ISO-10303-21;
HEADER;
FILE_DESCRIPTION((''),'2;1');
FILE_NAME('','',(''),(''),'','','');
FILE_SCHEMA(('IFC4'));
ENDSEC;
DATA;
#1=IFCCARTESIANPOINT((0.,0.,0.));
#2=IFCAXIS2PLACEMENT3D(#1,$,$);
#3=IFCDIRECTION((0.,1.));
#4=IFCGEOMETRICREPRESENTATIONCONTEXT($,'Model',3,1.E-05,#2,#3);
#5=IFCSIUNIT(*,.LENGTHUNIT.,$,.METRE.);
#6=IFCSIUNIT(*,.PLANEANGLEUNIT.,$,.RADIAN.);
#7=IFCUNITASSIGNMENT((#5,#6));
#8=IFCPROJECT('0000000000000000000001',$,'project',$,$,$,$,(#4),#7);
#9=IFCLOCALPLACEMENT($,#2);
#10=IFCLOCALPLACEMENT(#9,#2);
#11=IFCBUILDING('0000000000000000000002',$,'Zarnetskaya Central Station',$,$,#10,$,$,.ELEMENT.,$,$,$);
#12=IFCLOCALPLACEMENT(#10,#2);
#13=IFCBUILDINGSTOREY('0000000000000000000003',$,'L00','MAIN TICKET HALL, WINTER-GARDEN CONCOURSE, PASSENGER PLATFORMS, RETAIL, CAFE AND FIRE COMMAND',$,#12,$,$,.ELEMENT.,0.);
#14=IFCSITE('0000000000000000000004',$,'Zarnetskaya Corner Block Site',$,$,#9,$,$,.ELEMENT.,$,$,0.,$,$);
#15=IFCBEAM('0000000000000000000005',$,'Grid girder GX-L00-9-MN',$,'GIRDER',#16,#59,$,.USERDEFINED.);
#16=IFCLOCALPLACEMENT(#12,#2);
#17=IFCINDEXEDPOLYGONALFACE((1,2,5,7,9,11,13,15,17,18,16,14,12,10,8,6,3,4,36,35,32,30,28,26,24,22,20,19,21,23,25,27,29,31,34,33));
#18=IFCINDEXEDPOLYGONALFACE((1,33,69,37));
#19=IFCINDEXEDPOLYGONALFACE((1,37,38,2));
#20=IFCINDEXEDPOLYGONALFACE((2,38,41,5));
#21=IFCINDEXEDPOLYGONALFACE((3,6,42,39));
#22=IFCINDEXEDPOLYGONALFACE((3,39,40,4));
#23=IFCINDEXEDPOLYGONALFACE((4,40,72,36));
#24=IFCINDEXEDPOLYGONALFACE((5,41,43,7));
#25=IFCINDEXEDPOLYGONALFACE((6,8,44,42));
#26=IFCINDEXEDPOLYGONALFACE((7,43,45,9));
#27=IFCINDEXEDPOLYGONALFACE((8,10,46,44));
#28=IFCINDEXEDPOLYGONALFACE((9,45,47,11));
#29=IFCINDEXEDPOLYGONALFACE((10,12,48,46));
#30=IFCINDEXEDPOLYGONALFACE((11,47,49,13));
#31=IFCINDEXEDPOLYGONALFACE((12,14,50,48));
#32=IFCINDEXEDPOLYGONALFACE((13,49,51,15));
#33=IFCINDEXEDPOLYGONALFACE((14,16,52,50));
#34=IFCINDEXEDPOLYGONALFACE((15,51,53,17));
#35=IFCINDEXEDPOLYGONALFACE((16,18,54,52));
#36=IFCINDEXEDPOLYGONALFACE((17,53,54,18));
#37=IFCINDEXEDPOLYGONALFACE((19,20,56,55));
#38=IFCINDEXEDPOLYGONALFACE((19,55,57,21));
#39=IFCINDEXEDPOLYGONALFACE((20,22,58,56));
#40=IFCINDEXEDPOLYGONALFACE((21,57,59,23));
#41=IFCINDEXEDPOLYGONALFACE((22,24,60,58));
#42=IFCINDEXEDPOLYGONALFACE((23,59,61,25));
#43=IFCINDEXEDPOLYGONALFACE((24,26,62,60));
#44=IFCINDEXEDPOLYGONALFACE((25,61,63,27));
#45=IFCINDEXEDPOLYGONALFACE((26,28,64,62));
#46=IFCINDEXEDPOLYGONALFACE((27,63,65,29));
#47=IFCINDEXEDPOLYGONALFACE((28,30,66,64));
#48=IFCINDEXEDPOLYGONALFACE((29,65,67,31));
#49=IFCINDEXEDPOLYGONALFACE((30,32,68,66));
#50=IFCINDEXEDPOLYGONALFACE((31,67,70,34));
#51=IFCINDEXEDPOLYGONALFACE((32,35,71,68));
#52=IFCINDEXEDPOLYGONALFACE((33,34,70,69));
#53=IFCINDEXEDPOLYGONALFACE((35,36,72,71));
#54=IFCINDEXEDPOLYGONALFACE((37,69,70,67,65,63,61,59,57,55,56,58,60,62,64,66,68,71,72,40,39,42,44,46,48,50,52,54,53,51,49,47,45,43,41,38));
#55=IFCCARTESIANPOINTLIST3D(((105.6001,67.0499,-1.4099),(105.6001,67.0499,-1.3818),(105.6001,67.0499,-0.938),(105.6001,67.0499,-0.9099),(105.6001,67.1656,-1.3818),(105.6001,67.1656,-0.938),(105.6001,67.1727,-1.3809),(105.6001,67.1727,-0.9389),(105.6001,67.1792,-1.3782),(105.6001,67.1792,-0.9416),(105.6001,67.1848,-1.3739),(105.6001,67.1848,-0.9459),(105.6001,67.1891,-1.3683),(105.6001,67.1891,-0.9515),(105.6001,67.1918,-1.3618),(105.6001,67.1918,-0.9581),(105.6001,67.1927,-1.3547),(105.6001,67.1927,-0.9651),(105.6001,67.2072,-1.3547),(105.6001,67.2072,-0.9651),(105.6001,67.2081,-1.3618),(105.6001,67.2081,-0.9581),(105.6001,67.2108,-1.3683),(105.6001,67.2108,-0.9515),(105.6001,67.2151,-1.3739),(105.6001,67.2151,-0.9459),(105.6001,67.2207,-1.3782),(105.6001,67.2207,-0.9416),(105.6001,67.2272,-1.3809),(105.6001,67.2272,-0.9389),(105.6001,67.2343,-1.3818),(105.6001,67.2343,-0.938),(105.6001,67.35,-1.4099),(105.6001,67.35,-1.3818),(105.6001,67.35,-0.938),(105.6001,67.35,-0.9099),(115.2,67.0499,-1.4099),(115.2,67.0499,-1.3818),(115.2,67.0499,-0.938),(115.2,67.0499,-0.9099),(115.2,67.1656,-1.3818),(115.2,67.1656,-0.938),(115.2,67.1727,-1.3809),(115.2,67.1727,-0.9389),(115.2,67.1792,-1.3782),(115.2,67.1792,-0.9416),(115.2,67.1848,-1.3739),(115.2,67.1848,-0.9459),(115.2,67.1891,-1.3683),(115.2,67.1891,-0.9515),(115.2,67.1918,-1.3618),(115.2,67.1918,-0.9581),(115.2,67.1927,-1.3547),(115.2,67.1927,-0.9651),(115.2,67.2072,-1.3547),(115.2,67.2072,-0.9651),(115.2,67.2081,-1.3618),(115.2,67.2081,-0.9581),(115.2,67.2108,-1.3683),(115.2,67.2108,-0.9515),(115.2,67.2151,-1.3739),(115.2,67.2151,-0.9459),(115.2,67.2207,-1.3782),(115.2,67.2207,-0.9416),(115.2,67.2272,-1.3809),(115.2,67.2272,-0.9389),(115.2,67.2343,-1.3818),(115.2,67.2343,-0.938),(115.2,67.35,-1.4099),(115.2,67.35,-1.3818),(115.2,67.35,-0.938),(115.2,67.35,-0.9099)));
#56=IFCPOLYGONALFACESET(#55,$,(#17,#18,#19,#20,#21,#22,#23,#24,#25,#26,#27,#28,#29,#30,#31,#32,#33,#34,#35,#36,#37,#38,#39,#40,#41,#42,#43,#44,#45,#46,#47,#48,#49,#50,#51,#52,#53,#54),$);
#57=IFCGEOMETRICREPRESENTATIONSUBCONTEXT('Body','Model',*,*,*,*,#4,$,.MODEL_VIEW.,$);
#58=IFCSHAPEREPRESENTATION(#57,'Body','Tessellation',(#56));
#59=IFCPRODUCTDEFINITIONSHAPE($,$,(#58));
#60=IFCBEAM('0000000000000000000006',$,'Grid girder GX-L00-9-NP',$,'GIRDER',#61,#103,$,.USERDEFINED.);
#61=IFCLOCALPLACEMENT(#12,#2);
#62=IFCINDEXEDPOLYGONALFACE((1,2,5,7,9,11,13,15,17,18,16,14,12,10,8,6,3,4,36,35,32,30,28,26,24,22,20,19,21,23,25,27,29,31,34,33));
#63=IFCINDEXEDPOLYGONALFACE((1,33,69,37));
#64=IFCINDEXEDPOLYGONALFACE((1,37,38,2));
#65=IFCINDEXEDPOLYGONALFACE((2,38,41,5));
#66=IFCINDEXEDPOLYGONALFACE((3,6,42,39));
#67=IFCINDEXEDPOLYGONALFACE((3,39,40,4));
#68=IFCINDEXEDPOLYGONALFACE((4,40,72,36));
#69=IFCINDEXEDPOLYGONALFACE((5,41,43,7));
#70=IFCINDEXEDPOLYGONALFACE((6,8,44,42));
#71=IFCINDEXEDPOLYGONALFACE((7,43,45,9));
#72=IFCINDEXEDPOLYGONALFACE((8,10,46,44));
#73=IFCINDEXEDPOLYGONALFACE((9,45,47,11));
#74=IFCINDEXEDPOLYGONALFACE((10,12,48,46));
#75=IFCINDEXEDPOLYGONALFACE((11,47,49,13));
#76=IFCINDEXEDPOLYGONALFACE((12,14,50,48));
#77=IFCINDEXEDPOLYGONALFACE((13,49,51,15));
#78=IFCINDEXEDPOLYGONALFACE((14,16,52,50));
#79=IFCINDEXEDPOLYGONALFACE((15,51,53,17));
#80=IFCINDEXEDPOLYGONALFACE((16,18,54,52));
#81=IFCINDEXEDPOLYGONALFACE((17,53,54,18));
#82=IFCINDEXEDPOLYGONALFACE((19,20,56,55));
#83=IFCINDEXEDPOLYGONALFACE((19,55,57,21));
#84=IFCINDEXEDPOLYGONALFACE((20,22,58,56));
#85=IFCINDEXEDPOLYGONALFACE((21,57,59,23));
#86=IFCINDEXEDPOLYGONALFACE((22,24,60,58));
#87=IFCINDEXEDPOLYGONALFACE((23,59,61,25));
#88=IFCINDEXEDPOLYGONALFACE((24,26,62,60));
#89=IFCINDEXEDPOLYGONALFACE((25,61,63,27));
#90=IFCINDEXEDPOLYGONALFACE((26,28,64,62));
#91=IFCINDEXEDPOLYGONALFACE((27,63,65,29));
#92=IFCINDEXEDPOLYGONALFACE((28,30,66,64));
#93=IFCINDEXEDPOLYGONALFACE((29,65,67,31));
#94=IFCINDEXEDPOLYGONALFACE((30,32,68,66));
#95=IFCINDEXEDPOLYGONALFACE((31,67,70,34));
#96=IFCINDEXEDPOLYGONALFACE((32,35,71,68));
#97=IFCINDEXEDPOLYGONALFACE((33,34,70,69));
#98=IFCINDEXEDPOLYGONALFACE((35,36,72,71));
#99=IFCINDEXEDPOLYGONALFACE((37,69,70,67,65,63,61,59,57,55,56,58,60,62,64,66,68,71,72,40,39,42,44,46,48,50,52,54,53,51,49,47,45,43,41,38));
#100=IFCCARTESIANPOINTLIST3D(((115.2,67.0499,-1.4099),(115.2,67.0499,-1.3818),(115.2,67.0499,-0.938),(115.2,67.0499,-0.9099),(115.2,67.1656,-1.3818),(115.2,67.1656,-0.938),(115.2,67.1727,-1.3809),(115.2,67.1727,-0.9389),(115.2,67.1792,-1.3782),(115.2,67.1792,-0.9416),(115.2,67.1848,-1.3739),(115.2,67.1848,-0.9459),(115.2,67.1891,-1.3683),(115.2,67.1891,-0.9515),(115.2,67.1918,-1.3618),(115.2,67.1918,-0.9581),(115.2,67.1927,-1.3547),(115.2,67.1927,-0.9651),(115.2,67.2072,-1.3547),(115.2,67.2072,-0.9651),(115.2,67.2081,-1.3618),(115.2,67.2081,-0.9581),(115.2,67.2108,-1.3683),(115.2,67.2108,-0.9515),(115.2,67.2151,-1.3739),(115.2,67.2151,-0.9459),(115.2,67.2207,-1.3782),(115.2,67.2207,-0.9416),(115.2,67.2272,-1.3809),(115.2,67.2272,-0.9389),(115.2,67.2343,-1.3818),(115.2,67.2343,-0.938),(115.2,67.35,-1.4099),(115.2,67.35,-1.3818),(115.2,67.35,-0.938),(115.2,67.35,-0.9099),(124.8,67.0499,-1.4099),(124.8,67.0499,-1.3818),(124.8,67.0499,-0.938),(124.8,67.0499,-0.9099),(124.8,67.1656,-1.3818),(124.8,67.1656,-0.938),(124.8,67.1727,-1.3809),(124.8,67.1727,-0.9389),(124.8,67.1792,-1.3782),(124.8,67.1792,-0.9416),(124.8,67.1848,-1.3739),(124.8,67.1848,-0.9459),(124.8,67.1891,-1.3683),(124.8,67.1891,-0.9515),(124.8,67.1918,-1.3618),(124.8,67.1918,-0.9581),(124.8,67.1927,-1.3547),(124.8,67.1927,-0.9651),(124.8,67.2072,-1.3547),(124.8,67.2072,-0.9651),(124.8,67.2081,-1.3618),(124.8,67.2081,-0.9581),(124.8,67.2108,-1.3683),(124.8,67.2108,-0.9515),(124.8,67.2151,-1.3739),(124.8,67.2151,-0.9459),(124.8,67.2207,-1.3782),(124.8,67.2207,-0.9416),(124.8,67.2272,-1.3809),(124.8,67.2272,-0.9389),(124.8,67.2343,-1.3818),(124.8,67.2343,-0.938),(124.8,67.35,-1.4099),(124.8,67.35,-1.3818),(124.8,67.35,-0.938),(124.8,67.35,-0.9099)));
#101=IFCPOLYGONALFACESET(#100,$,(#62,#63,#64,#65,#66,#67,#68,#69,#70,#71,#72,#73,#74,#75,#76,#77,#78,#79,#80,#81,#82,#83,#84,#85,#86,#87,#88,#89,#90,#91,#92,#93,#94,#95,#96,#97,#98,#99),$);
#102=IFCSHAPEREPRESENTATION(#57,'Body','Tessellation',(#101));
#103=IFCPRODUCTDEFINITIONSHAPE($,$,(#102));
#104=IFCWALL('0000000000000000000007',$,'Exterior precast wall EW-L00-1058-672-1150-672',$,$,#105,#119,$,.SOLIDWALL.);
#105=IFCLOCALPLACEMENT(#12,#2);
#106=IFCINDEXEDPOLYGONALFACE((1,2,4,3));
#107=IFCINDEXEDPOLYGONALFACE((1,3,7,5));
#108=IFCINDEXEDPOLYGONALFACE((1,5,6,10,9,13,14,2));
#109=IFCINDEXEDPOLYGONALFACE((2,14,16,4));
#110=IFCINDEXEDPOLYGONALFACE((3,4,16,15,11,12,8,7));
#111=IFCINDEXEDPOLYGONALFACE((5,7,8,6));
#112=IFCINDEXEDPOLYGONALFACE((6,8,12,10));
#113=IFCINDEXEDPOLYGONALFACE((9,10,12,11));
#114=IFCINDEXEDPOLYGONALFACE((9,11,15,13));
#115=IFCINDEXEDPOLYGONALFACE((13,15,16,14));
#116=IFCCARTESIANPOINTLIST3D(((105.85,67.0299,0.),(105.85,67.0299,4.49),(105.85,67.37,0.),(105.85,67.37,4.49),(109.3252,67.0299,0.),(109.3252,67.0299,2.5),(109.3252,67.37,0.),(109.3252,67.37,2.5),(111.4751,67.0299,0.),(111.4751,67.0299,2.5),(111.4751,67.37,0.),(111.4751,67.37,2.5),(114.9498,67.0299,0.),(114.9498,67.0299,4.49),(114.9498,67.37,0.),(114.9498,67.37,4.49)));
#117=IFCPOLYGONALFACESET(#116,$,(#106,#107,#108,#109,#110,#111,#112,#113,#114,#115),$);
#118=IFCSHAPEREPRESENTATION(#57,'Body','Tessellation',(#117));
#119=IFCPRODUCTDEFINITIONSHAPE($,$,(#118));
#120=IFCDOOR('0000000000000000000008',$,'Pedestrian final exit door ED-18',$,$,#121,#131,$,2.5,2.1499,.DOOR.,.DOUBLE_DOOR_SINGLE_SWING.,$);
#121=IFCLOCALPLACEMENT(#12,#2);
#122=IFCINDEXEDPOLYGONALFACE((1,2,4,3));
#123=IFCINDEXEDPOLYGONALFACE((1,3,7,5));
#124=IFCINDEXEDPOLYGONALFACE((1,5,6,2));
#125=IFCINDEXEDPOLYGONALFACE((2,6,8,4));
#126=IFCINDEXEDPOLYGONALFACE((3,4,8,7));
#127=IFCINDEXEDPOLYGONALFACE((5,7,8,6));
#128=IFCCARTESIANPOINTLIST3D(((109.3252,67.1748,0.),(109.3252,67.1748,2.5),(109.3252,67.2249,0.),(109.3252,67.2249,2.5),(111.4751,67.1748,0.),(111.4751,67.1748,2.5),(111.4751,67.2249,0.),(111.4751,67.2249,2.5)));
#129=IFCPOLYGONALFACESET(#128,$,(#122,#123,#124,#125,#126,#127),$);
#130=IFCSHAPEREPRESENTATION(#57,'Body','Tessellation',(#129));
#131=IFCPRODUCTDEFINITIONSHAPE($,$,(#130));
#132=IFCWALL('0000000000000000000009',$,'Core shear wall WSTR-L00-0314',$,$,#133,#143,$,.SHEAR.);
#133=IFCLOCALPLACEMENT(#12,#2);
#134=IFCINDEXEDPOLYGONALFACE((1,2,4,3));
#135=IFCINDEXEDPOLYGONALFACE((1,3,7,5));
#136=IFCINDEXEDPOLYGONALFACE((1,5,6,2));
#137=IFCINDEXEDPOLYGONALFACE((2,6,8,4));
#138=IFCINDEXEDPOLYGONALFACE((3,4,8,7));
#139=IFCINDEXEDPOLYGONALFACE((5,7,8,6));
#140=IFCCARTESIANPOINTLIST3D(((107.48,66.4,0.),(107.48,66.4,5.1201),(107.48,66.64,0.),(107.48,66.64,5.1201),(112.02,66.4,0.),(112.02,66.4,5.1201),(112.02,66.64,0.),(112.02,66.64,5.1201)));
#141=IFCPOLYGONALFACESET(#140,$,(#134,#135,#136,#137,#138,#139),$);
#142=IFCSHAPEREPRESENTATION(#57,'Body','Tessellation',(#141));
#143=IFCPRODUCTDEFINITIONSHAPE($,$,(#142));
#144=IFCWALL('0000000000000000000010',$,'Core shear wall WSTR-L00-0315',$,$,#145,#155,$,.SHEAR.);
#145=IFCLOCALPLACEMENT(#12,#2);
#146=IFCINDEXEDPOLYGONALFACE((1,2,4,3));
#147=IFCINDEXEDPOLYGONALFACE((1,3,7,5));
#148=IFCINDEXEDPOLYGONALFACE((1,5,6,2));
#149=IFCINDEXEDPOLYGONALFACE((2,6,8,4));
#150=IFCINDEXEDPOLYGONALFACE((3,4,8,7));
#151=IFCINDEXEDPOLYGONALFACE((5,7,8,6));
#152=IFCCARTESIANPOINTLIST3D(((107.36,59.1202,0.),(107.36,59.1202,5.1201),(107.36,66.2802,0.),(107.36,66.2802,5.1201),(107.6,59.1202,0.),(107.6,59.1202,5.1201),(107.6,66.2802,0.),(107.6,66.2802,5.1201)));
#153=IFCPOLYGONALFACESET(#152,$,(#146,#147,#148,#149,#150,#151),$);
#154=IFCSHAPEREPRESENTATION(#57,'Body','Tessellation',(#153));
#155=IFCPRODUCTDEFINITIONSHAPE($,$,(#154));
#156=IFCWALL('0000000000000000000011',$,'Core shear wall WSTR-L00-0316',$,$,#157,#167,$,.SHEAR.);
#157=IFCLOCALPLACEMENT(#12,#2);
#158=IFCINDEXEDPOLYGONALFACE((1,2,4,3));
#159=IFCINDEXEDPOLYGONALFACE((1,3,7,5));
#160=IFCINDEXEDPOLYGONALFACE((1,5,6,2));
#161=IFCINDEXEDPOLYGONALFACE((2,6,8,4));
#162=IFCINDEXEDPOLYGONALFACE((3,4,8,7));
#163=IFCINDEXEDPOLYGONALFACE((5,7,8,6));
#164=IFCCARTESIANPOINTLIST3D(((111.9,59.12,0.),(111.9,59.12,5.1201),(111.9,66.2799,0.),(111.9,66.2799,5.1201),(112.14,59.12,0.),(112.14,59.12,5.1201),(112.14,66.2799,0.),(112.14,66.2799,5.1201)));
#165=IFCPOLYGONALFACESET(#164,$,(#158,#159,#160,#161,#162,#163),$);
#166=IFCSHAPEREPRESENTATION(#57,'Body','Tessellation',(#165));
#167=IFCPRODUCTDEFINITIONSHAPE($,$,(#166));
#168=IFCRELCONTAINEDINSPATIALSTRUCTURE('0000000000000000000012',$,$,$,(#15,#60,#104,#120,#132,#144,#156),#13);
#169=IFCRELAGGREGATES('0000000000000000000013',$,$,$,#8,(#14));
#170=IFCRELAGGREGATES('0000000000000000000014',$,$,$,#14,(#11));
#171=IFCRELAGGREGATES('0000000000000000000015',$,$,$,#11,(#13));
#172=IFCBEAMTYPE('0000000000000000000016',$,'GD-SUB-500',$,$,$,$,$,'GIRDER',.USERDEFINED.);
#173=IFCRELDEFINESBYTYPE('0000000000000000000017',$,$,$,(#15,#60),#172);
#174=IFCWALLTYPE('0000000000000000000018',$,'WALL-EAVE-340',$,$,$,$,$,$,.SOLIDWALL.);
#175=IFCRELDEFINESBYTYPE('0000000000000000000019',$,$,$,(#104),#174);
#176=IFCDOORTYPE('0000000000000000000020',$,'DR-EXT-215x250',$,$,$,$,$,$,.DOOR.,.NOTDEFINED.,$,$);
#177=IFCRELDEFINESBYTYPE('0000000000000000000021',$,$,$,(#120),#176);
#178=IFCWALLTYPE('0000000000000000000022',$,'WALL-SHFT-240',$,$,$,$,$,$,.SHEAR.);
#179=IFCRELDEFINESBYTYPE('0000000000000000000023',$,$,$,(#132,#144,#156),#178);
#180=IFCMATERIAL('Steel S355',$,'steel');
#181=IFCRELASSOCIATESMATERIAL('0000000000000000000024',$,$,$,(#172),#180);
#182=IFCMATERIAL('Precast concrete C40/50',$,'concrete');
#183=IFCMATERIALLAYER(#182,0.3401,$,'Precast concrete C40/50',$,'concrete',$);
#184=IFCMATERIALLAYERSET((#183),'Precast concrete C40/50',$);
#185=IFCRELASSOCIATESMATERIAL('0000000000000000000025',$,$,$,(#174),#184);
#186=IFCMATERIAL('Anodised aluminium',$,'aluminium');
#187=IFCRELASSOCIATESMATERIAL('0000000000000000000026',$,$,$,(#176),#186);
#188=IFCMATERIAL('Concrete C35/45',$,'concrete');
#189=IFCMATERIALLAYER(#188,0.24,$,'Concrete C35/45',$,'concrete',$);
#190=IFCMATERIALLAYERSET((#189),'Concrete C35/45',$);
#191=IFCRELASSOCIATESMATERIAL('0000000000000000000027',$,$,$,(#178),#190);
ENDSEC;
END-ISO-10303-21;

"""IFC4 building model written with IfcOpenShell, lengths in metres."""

from ifc_helpers import new_model, si_unit, direction, frame, frame_2d, origin, origin_2d, place, context, subcontext, project, spatial, rectangle, i_section, extrude, material, layer, layer_set, material_profile, profile_set, type_object, element, fill, save


model = new_model("IFC4")

# Units and contexts
model_context = context("Model", 3, precision=1e-05, world=origin(), true_north=direction((0.0, 1.0)))
body_context = subcontext(model_context, "Body", "Model", "MODEL_VIEW")
ifc_project = project(units=[si_unit("LENGTHUNIT", "METRE"), si_unit("PLANEANGLEUNIT", "RADIAN")], contexts=[model_context])

# Site, building, storey
site_placement = place(None, origin())
site = spatial("IfcSite", under=ifc_project, at=site_placement, Name="Zarnetskaya Corner Block Site", CompositionType="ELEMENT", RefElevation=0.0)
building_placement = place(site_placement, origin())
building = spatial("IfcBuilding", under=site, at=building_placement, Name="Zarnetskaya Central Station", CompositionType="ELEMENT")
storey_placement = place(building_placement, origin())
storey = spatial("IfcBuildingStorey", under=building, at=storey_placement, Name="L00", Description="MAIN TICKET HALL, WINTER-GARDEN CONCOURSE, PASSENGER PLATFORMS, RETAIL, CAFE AND FIRE COMMAND", CompositionType="ELEMENT", Elevation=0.0)

# Shared definitions
ifc_material_1 = material(Name="Steel S355", Category="steel")

# Beams
ifc_material_profile_1 = material_profile(ifc_material_1, i_section(OverallWidth=0.3, OverallDepth=0.5, WebThickness=0.0144, FlangeThickness=0.0281, FilletRadius=0.0271, at=origin_2d()), Name="HEB 500")
ifc_profile_set_1 = profile_set([ifc_material_profile_1], Name="Steel S355")
beam_type_1 = type_object("IfcBeamType", Name="GD-SUB-500", ElementType="GIRDER", PredefinedType="USERDEFINED", material=ifc_profile_set_1)
beam_1_placement = place(storey_placement, frame((105.6001, 67.2, -1.1599), z_axis=(1.0, 0.0, 0.0), x_axis=(0.0, 1.0, 0.0)))
element("IfcBeam", 1, at=beam_1_placement, inside=storey, type_object=beam_type_1, Name="Grid girder GX-L00-9-MN", ObjectType="GIRDER", PredefinedType="USERDEFINED", context=body_context, shape_type="SweptSolid", body=[
    extrude(i_section(OverallWidth=0.3, OverallDepth=0.5, WebThickness=0.0144, FlangeThickness=0.0281, FilletRadius=0.0271, at=origin_2d()), origin(), (0.0, 0.0, 1.0), 9.5999),
])
beam_2_placement = place(storey_placement, frame((115.2, 67.2, -1.1599), z_axis=(1.0, 0.0, 0.0), x_axis=(0.0, 1.0, 0.0)))
element("IfcBeam", 2, at=beam_2_placement, inside=storey, type_object=beam_type_1, Name="Grid girder GX-L00-9-NP", ObjectType="GIRDER", PredefinedType="USERDEFINED", context=body_context, shape_type="SweptSolid", body=[
    extrude(i_section(OverallWidth=0.3, OverallDepth=0.5, WebThickness=0.0144, FlangeThickness=0.0281, FilletRadius=0.0271, at=origin_2d()), origin(), (0.0, 0.0, 1.0), 9.6001),
])

# Wall, opening, door
ifc_material_2 = material(Name="Precast concrete C40/50", Category="concrete")
ifc_layer_1 = layer(ifc_material_2, 0.3401, Name="Precast concrete C40/50", Category="concrete")
ifc_layer_set_1 = layer_set([ifc_layer_1], Name="Precast concrete C40/50")
wall_type_1 = type_object("IfcWallType", Name="WALL-EAVE-340", PredefinedType="SOLIDWALL", material=ifc_layer_set_1)
wall_1_placement = place(storey_placement, frame((105.8501, 67.2, 0.0), z_axis=(0.0, 0.0, 1.0), x_axis=(1.0, 0.0, 0.0)))
wall_1 = element("IfcWall", 3, at=wall_1_placement, inside=storey, type_object=wall_type_1, Name="Exterior precast wall EW-L00-1058-672-1150-672", PredefinedType="SOLIDWALL", context=body_context, shape_type="SweptSolid", body=[
    extrude(rectangle(XDim=9.0999, YDim=0.3401, at=frame_2d((4.5498, 0.0))), origin(), (0.0, 0.0, 1.0), 4.49),
])
opening_1_placement = place(wall_1_placement, frame((3.4751, 0.0, 0.0)))
opening_1 = element("IfcOpeningElement", 4, at=opening_1_placement, cuts=wall_1, PredefinedType="OPENING", context=body_context, shape_type="SweptSolid", body=[
    extrude(rectangle(XDim=2.1499, YDim=2.5, at=frame_2d((1.075, 1.25))), frame((0.0, 0.1802, 0.0), z_axis=(0.0, -1.0, 0.0), x_axis=(1.0, 0.0, 0.0)), (0.0, 0.0, 1.0), 0.3601),
])
ifc_material_3 = material(Name="Anodised aluminium", Category="aluminium")
door_type_1 = type_object("IfcDoorType", Name="DR-EXT-215x250", OperationType="NOTDEFINED", PredefinedType="DOOR", material=ifc_material_3)
door_1_placement = place(opening_1_placement, origin())
door_1 = element("IfcDoor", 5, at=door_1_placement, inside=storey, type_object=door_type_1, Name="Pedestrian final exit door ED-18", OperationType="DOUBLE_DOOR_SINGLE_SWING", OverallHeight=2.5, OverallWidth=2.1499, PredefinedType="DOOR", context=body_context, shape_type="SweptSolid", body=[
    extrude(rectangle(XDim=2.1499, YDim=2.5, at=frame_2d((1.075, 1.25))), frame((0.0, 0.0249, 0.0), z_axis=(0.0, -1.0, 0.0), x_axis=(1.0, 0.0, 0.0)), (0.0, 0.0, 1.0), 0.05),
])
fill(opening_1, door_1)
ifc_material_4 = material(Name="Concrete C35/45", Category="concrete")
ifc_layer_2 = layer(ifc_material_4, 0.24, Name="Concrete C35/45", Category="concrete")
ifc_layer_set_2 = layer_set([ifc_layer_2], Name="Concrete C35/45")
wall_type_2 = type_object("IfcWallType", Name="WALL-SHFT-240", PredefinedType="SHEAR", material=ifc_layer_set_2)

# Walls
wall_2_placement = place(storey_placement, frame((107.48, 66.52, 0.0), z_axis=(0.0, 0.0, 1.0), x_axis=(1.0, 0.0, 0.0)))
element("IfcWall", 6, at=wall_2_placement, inside=storey, type_object=wall_type_2, Name="Core shear wall WSTR-L00-0314", PredefinedType="SHEAR", context=body_context, shape_type="SweptSolid", body=[
    extrude(rectangle(XDim=4.54, YDim=0.24, at=frame_2d((2.27, 0.0))), origin(), (0.0, 0.0, 1.0), 5.1201),
])
for number, where, z_axis, x_axis, name in (
    (7, (107.48, 59.1201, 0.0), (0.0, 0.0, 1.0), (0.0, 1.0, 0.0), "Core shear wall WSTR-L00-0315"),
    (8, (112.02, 66.28, 0.0), (0.0, 0.0, 1.0), (0.0, -1.0, 0.0), "Core shear wall WSTR-L00-0316"),
):
    element("IfcWall", number, at=place(storey_placement, frame(where, z_axis=z_axis, x_axis=x_axis)), inside=storey, type_object=wall_type_2, Name=name, PredefinedType="SHEAR", context=body_context, shape_type="SweptSolid", body=[
        extrude(rectangle(XDim=7.1599, YDim=0.24, at=frame_2d((3.5801, 0.0))), origin(), (0.0, 0.0, 1.0), 5.1201),
    ])

save(model, "model.ifc")
